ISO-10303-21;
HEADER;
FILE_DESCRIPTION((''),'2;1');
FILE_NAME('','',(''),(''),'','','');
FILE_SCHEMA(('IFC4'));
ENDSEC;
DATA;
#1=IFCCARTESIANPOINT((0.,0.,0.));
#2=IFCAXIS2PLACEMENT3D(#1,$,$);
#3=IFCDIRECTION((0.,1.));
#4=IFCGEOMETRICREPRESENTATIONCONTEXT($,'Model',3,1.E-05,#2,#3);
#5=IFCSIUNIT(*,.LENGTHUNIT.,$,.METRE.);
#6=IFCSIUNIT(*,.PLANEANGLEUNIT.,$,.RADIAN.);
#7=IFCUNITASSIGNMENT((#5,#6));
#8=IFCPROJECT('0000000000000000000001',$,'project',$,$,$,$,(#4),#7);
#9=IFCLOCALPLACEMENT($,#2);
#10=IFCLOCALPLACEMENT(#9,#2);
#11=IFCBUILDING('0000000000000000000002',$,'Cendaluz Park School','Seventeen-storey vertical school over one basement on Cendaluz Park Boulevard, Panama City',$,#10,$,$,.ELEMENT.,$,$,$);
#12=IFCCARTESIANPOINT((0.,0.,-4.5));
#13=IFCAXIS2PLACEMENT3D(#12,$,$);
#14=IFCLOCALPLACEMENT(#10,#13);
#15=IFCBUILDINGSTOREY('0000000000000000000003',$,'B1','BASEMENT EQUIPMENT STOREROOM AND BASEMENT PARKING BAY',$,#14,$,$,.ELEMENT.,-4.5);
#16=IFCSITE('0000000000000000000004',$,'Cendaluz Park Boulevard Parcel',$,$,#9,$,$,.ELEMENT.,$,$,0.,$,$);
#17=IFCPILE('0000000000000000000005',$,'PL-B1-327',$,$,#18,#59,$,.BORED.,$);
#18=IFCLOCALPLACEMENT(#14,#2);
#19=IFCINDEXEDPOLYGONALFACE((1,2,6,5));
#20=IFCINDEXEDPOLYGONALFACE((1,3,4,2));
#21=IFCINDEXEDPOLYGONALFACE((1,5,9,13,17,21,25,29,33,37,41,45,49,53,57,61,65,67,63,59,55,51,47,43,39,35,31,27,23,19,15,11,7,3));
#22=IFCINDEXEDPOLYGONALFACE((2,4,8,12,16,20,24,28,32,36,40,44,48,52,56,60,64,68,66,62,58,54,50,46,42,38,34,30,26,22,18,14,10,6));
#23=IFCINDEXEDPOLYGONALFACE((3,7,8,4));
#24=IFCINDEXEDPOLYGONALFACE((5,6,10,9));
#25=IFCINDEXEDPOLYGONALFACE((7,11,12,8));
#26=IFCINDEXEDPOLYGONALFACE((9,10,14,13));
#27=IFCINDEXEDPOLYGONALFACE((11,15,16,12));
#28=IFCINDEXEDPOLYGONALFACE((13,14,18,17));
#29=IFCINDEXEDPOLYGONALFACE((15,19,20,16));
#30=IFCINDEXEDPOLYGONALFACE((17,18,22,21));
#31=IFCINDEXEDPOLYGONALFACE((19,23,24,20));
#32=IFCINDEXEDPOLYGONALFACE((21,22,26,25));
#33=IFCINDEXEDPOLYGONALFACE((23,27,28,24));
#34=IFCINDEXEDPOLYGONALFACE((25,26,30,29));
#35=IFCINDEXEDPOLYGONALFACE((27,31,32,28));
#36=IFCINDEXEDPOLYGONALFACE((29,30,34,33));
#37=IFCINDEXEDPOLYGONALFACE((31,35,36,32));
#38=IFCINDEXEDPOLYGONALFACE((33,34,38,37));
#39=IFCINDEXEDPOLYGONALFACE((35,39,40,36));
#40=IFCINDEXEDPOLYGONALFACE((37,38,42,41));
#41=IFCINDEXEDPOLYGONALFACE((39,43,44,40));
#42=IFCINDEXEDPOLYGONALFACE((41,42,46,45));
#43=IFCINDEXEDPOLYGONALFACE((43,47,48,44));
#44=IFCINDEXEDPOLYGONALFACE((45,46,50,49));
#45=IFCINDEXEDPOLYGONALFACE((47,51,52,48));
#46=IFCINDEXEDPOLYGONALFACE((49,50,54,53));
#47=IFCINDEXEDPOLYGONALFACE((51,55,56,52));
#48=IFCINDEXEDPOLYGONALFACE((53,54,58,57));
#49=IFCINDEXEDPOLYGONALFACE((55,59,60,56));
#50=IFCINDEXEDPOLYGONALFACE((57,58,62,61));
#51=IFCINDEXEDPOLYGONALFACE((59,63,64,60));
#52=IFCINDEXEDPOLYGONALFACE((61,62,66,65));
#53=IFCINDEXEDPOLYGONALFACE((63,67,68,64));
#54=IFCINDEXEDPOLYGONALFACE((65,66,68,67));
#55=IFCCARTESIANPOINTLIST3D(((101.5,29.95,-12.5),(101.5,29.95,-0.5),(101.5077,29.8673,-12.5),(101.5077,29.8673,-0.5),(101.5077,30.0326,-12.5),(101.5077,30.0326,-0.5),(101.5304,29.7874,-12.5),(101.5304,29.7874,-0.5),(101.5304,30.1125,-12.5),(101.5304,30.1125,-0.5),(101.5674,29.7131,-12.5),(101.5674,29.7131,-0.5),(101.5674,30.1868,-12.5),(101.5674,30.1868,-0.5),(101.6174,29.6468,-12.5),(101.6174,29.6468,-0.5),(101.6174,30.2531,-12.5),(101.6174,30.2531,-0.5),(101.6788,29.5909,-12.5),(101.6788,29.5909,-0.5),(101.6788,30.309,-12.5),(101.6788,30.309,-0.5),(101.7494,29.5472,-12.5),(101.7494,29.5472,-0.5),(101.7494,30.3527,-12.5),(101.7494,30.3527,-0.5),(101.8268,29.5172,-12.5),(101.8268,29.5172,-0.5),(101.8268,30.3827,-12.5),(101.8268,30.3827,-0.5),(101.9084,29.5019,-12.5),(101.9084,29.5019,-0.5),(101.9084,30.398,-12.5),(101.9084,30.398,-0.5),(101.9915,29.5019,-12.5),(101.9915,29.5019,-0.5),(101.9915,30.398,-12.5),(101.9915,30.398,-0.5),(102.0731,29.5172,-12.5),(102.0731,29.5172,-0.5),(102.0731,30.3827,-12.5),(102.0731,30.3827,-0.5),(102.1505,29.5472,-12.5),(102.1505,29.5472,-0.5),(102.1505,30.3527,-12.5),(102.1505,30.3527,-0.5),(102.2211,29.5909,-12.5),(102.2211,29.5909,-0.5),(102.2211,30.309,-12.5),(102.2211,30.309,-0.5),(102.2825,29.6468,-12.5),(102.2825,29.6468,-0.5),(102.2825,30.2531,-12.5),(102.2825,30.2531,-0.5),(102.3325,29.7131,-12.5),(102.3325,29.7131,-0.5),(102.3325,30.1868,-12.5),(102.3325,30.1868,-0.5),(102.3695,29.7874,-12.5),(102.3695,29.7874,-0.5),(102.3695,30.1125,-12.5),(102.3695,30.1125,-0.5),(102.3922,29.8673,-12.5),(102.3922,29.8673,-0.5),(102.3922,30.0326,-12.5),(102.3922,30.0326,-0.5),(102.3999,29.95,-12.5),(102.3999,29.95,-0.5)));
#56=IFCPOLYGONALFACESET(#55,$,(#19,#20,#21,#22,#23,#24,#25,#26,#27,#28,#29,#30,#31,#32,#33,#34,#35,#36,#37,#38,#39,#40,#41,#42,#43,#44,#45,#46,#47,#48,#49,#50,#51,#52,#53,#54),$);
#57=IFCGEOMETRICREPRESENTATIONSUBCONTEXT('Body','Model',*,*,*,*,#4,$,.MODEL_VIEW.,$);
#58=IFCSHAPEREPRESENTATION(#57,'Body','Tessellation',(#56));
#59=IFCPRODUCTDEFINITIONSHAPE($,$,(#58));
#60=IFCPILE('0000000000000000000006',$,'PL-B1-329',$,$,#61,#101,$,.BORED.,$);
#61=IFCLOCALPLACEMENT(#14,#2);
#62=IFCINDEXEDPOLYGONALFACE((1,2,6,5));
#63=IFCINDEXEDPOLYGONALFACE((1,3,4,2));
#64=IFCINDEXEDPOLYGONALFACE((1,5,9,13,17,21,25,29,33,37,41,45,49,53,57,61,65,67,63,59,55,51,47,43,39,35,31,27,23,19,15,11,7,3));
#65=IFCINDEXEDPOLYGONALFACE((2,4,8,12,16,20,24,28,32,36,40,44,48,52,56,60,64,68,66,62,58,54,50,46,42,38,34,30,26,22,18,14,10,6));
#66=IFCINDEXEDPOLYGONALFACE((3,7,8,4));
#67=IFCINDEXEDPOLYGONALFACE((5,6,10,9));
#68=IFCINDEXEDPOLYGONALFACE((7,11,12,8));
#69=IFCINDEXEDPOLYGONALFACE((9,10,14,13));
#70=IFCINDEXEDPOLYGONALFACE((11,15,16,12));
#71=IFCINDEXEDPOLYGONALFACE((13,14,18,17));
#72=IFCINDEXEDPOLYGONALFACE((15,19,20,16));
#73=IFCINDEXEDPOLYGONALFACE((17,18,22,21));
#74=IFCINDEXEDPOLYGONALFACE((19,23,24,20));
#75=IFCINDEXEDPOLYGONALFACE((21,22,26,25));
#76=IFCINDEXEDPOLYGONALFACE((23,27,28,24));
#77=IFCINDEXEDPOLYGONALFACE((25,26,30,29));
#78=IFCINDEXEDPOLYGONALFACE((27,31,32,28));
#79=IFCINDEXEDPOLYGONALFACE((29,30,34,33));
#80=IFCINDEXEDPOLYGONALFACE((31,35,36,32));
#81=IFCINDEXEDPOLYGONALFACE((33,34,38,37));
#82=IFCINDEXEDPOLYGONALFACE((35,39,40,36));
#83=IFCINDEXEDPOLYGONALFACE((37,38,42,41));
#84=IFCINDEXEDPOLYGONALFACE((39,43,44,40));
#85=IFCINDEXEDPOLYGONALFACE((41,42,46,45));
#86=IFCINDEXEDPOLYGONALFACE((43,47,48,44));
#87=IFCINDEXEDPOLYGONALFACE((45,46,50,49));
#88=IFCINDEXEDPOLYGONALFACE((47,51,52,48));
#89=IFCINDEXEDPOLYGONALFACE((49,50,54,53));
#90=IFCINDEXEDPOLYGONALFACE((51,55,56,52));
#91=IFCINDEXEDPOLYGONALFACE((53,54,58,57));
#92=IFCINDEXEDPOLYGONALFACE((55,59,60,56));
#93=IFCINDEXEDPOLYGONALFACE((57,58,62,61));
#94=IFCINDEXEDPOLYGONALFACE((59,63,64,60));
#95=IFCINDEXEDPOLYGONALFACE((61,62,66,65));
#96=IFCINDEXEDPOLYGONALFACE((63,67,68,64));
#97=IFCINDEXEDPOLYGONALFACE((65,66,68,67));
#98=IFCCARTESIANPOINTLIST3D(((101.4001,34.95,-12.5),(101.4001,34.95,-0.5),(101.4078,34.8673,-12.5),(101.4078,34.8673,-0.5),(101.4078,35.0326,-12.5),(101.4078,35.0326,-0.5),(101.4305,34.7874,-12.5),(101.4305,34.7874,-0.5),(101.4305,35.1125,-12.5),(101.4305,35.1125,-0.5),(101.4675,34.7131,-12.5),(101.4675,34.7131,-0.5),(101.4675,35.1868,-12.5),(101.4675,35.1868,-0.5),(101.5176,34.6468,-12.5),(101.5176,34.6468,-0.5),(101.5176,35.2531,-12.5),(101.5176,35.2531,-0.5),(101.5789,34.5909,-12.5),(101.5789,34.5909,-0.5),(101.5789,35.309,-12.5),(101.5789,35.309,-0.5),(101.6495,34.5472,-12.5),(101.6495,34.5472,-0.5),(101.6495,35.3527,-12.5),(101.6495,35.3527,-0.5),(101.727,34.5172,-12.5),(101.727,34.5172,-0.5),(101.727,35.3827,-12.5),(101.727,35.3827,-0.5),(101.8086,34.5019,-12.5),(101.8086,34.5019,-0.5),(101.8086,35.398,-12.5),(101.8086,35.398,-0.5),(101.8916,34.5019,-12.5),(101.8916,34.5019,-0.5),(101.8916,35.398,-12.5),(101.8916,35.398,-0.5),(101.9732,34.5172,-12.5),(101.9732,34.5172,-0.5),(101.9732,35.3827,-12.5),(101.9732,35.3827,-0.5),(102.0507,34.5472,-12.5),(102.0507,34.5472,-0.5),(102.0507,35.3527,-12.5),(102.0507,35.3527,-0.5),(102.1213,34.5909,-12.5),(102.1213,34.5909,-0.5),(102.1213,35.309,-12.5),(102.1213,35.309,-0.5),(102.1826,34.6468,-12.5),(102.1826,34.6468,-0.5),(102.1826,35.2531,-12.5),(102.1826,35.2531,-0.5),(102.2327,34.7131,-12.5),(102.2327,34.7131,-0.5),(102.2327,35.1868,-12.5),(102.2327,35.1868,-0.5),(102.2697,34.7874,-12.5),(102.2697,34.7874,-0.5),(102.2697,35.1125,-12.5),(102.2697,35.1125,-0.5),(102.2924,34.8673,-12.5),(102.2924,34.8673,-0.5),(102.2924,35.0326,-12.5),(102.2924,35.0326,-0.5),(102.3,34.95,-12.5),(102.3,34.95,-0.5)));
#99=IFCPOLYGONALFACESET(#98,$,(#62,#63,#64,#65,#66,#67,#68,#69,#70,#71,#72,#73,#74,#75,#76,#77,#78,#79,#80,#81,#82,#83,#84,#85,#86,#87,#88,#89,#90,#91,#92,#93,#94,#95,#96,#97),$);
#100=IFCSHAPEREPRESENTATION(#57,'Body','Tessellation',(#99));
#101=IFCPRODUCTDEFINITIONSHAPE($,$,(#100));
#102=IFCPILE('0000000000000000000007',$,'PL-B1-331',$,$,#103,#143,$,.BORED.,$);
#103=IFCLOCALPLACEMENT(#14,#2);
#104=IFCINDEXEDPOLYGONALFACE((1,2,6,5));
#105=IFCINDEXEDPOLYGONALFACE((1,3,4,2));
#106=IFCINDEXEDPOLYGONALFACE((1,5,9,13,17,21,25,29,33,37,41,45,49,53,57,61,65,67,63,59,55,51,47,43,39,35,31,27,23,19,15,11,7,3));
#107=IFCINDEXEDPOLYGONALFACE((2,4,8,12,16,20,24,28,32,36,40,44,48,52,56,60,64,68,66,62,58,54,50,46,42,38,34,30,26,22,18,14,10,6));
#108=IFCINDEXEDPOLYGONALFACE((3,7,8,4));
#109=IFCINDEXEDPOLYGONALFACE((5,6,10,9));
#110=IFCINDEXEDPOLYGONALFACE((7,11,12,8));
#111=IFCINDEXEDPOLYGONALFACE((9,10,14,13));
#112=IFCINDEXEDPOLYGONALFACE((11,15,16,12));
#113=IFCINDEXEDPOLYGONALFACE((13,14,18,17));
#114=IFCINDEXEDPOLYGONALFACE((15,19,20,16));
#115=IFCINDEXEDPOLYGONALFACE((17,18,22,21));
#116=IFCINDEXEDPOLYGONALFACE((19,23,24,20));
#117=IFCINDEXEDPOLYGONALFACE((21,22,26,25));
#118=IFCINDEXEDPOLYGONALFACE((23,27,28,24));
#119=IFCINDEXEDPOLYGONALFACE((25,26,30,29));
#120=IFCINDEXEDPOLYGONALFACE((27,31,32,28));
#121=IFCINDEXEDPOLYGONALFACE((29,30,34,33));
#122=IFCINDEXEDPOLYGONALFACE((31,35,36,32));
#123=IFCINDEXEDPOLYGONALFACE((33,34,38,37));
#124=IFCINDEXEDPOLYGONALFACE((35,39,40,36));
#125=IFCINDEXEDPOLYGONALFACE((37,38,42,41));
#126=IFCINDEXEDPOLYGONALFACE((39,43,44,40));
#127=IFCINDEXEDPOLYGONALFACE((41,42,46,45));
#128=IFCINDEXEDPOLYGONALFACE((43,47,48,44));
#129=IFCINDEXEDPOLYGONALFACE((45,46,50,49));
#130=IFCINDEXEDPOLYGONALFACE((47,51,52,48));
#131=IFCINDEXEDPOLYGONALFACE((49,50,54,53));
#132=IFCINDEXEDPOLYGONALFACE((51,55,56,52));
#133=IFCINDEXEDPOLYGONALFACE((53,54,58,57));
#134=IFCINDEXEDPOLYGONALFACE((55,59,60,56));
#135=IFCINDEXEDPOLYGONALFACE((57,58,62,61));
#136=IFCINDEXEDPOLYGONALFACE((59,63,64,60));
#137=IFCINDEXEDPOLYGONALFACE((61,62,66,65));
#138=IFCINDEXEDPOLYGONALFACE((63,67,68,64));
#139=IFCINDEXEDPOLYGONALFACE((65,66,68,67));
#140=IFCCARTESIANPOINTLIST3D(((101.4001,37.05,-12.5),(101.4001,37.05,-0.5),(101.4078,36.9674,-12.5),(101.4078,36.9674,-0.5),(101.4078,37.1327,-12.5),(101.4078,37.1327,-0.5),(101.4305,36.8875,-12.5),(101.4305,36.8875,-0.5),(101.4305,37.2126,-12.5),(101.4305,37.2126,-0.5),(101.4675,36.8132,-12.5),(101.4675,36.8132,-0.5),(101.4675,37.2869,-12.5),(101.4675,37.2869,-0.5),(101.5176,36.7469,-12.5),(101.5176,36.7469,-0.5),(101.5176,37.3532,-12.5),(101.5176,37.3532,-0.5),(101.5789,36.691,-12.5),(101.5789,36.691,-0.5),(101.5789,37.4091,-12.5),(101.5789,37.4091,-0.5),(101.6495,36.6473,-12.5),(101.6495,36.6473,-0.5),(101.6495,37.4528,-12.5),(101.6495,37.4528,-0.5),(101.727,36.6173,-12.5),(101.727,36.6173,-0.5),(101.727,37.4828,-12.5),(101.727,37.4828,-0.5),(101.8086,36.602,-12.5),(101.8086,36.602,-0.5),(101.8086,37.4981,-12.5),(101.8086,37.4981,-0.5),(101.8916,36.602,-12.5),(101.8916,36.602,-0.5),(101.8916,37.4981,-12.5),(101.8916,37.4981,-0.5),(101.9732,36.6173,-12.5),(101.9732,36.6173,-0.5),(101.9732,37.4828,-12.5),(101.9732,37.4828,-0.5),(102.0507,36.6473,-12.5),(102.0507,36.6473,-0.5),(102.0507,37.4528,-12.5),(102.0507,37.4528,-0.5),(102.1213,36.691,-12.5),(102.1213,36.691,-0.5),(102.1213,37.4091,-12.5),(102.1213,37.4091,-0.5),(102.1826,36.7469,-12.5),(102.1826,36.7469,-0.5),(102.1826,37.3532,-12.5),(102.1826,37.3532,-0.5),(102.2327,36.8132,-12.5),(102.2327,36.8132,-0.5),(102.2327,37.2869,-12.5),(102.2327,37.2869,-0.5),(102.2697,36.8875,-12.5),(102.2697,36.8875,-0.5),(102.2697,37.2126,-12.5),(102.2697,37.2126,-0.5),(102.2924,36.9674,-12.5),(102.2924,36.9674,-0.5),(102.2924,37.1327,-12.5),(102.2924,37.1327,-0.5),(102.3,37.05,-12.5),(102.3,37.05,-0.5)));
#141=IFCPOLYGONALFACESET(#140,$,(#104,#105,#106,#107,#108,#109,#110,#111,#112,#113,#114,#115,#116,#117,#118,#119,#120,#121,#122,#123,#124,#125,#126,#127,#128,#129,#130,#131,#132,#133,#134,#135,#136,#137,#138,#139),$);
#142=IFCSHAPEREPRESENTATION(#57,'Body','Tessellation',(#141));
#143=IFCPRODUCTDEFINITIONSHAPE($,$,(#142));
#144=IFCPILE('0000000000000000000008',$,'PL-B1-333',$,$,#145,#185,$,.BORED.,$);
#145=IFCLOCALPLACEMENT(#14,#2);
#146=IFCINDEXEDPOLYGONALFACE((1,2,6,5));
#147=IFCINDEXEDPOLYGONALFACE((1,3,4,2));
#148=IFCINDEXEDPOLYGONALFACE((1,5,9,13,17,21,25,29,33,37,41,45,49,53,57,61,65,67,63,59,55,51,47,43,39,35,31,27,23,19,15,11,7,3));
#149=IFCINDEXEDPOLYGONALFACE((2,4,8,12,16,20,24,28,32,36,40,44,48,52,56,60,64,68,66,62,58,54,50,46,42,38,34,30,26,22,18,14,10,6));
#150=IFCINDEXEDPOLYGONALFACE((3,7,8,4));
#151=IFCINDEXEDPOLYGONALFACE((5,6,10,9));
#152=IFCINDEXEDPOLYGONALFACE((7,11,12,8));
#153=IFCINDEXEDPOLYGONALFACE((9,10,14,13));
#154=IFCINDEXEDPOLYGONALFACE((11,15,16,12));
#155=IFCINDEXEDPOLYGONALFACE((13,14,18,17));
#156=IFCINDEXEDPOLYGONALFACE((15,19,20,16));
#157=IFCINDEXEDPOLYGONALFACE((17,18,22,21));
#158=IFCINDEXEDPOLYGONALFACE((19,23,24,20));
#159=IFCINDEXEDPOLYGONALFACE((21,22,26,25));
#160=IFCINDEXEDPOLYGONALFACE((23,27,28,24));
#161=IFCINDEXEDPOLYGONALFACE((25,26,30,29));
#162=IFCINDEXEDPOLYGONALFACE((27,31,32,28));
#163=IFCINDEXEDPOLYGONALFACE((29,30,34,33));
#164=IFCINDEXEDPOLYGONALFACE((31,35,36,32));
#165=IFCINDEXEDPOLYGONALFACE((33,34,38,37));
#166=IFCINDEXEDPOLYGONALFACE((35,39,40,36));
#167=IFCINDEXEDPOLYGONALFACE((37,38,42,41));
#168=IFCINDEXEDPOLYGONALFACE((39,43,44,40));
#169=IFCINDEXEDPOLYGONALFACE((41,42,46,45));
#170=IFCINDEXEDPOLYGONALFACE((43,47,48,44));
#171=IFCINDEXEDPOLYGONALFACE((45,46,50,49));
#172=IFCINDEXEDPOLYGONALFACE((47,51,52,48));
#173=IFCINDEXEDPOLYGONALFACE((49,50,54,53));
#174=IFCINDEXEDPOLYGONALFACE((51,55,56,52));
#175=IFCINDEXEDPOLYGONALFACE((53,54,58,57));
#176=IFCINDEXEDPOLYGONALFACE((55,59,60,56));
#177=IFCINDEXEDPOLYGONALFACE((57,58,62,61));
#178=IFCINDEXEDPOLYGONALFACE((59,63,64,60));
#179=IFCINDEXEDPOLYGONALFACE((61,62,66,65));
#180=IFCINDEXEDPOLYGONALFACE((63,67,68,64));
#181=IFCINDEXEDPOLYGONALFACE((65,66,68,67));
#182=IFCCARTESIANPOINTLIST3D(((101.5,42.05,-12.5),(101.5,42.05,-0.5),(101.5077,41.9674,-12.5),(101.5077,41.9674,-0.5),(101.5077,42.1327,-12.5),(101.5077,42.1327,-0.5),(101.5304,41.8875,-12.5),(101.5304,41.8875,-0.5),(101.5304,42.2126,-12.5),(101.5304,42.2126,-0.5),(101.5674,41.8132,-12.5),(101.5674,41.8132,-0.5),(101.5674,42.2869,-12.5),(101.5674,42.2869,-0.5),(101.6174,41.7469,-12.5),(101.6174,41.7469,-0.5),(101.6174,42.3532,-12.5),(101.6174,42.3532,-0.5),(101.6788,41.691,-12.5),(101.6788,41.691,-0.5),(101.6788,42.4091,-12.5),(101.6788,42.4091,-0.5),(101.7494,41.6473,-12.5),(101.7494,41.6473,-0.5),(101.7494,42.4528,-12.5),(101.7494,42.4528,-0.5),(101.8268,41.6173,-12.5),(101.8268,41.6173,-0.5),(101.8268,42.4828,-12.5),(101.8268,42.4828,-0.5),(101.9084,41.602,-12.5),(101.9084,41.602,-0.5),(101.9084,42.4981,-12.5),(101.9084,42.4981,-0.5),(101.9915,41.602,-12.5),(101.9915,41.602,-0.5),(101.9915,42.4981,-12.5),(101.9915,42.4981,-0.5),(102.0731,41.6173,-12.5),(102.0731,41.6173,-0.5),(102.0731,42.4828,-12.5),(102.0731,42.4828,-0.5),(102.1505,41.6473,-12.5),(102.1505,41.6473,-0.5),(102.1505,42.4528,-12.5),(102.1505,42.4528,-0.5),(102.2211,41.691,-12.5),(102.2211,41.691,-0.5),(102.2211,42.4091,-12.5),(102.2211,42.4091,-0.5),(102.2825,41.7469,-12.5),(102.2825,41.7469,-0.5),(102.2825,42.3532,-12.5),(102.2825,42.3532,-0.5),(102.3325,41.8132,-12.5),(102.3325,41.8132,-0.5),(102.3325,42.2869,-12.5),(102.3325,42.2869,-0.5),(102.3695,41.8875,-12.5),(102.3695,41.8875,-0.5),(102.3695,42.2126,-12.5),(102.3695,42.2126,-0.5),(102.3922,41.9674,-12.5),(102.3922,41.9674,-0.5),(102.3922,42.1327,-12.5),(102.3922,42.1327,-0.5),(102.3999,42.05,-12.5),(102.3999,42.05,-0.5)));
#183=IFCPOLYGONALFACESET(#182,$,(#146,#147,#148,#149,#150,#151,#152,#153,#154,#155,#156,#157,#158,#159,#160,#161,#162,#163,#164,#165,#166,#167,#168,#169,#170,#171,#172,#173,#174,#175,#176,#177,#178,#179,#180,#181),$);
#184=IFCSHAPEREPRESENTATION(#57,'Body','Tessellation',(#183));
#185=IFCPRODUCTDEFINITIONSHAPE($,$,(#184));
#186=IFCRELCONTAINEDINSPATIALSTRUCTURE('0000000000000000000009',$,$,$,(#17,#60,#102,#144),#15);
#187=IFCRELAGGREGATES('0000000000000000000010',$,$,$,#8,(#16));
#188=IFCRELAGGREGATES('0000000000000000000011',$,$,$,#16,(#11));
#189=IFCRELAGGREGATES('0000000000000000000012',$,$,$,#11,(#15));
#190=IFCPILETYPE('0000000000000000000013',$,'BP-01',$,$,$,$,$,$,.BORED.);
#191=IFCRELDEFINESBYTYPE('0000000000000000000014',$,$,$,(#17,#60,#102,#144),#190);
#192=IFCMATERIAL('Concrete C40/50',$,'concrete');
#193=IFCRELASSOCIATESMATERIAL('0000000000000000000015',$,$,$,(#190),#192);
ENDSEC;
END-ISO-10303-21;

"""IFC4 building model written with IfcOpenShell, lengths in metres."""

from ifc_helpers import new_model, si_unit, direction, frame, origin, origin_2d, place, context, subcontext, project, spatial, circle, extrude, material, material_profile, profile_set, type_object, element, save


model = new_model("IFC4")

# Units and contexts
model_context = context("Model", 3, precision=1e-05, world=origin(), true_north=direction((0.0, 1.0)))
body_context = subcontext(model_context, "Body", "Model", "MODEL_VIEW")
ifc_project = project(units=[si_unit("LENGTHUNIT", "METRE"), si_unit("PLANEANGLEUNIT", "RADIAN")], contexts=[model_context])

# Site, building, storey
site_placement = place(None, origin())
site = spatial("IfcSite", under=ifc_project, at=site_placement, Name="Cendaluz Park Boulevard Parcel", CompositionType="ELEMENT", RefElevation=0.0)
building_placement = place(site_placement, origin())
building = spatial("IfcBuilding", under=site, at=building_placement, Name="Cendaluz Park School", Description="Seventeen-storey vertical school over one basement on Cendaluz Park Boulevard, Panama City", CompositionType="ELEMENT")
storey_placement = place(building_placement, frame((0.0, 0.0, -4.5)))
storey = spatial("IfcBuildingStorey", under=building, at=storey_placement, Name="B1", Description="BASEMENT EQUIPMENT STOREROOM AND BASEMENT PARKING BAY", CompositionType="ELEMENT", Elevation=-4.5)

# Piles
ifc_material_1 = material(Name="Concrete C40/50", Category="concrete")
ifc_material_profile_1 = material_profile(ifc_material_1, circle(Radius=0.45, at=origin_2d()), Name="BP D900", Category="concrete")
ifc_profile_set_1 = profile_set([ifc_material_profile_1], Name="Concrete C40/50")
pile_type = type_object("IfcPileType", Name="BP-01", PredefinedType="BORED", material=ifc_profile_set_1)
for number, where, z_axis, x_axis, name in (
    (1, (101.95, 29.95, -0.5), (0.0, 0.0, -1.0), (1.0, 0.0, 0.0), "PL-B1-327"),
    (2, (101.8501, 34.95, -0.5), (0.0, 0.0, -1.0), (1.0, 0.0, 0.0), "PL-B1-329"),
    (3, (101.8501, 37.05, -0.5), (0.0, 0.0, -1.0), (1.0, 0.0, 0.0), "PL-B1-331"),
    (4, (101.95, 42.05, -0.5), (0.0, 0.0, -1.0), (1.0, 0.0, 0.0), "PL-B1-333"),
):
    element("IfcPile", number, at=place(storey_placement, frame(where, z_axis=z_axis, x_axis=x_axis)), inside=storey, type_object=pile_type, Name=name, PredefinedType="BORED", context=body_context, shape_type="SweptSolid", body=[
        extrude(circle(Radius=0.45, at=origin_2d()), origin(), (0.0, 0.0, 1.0), 12.0),
    ])

save(model, "model.ifc")
